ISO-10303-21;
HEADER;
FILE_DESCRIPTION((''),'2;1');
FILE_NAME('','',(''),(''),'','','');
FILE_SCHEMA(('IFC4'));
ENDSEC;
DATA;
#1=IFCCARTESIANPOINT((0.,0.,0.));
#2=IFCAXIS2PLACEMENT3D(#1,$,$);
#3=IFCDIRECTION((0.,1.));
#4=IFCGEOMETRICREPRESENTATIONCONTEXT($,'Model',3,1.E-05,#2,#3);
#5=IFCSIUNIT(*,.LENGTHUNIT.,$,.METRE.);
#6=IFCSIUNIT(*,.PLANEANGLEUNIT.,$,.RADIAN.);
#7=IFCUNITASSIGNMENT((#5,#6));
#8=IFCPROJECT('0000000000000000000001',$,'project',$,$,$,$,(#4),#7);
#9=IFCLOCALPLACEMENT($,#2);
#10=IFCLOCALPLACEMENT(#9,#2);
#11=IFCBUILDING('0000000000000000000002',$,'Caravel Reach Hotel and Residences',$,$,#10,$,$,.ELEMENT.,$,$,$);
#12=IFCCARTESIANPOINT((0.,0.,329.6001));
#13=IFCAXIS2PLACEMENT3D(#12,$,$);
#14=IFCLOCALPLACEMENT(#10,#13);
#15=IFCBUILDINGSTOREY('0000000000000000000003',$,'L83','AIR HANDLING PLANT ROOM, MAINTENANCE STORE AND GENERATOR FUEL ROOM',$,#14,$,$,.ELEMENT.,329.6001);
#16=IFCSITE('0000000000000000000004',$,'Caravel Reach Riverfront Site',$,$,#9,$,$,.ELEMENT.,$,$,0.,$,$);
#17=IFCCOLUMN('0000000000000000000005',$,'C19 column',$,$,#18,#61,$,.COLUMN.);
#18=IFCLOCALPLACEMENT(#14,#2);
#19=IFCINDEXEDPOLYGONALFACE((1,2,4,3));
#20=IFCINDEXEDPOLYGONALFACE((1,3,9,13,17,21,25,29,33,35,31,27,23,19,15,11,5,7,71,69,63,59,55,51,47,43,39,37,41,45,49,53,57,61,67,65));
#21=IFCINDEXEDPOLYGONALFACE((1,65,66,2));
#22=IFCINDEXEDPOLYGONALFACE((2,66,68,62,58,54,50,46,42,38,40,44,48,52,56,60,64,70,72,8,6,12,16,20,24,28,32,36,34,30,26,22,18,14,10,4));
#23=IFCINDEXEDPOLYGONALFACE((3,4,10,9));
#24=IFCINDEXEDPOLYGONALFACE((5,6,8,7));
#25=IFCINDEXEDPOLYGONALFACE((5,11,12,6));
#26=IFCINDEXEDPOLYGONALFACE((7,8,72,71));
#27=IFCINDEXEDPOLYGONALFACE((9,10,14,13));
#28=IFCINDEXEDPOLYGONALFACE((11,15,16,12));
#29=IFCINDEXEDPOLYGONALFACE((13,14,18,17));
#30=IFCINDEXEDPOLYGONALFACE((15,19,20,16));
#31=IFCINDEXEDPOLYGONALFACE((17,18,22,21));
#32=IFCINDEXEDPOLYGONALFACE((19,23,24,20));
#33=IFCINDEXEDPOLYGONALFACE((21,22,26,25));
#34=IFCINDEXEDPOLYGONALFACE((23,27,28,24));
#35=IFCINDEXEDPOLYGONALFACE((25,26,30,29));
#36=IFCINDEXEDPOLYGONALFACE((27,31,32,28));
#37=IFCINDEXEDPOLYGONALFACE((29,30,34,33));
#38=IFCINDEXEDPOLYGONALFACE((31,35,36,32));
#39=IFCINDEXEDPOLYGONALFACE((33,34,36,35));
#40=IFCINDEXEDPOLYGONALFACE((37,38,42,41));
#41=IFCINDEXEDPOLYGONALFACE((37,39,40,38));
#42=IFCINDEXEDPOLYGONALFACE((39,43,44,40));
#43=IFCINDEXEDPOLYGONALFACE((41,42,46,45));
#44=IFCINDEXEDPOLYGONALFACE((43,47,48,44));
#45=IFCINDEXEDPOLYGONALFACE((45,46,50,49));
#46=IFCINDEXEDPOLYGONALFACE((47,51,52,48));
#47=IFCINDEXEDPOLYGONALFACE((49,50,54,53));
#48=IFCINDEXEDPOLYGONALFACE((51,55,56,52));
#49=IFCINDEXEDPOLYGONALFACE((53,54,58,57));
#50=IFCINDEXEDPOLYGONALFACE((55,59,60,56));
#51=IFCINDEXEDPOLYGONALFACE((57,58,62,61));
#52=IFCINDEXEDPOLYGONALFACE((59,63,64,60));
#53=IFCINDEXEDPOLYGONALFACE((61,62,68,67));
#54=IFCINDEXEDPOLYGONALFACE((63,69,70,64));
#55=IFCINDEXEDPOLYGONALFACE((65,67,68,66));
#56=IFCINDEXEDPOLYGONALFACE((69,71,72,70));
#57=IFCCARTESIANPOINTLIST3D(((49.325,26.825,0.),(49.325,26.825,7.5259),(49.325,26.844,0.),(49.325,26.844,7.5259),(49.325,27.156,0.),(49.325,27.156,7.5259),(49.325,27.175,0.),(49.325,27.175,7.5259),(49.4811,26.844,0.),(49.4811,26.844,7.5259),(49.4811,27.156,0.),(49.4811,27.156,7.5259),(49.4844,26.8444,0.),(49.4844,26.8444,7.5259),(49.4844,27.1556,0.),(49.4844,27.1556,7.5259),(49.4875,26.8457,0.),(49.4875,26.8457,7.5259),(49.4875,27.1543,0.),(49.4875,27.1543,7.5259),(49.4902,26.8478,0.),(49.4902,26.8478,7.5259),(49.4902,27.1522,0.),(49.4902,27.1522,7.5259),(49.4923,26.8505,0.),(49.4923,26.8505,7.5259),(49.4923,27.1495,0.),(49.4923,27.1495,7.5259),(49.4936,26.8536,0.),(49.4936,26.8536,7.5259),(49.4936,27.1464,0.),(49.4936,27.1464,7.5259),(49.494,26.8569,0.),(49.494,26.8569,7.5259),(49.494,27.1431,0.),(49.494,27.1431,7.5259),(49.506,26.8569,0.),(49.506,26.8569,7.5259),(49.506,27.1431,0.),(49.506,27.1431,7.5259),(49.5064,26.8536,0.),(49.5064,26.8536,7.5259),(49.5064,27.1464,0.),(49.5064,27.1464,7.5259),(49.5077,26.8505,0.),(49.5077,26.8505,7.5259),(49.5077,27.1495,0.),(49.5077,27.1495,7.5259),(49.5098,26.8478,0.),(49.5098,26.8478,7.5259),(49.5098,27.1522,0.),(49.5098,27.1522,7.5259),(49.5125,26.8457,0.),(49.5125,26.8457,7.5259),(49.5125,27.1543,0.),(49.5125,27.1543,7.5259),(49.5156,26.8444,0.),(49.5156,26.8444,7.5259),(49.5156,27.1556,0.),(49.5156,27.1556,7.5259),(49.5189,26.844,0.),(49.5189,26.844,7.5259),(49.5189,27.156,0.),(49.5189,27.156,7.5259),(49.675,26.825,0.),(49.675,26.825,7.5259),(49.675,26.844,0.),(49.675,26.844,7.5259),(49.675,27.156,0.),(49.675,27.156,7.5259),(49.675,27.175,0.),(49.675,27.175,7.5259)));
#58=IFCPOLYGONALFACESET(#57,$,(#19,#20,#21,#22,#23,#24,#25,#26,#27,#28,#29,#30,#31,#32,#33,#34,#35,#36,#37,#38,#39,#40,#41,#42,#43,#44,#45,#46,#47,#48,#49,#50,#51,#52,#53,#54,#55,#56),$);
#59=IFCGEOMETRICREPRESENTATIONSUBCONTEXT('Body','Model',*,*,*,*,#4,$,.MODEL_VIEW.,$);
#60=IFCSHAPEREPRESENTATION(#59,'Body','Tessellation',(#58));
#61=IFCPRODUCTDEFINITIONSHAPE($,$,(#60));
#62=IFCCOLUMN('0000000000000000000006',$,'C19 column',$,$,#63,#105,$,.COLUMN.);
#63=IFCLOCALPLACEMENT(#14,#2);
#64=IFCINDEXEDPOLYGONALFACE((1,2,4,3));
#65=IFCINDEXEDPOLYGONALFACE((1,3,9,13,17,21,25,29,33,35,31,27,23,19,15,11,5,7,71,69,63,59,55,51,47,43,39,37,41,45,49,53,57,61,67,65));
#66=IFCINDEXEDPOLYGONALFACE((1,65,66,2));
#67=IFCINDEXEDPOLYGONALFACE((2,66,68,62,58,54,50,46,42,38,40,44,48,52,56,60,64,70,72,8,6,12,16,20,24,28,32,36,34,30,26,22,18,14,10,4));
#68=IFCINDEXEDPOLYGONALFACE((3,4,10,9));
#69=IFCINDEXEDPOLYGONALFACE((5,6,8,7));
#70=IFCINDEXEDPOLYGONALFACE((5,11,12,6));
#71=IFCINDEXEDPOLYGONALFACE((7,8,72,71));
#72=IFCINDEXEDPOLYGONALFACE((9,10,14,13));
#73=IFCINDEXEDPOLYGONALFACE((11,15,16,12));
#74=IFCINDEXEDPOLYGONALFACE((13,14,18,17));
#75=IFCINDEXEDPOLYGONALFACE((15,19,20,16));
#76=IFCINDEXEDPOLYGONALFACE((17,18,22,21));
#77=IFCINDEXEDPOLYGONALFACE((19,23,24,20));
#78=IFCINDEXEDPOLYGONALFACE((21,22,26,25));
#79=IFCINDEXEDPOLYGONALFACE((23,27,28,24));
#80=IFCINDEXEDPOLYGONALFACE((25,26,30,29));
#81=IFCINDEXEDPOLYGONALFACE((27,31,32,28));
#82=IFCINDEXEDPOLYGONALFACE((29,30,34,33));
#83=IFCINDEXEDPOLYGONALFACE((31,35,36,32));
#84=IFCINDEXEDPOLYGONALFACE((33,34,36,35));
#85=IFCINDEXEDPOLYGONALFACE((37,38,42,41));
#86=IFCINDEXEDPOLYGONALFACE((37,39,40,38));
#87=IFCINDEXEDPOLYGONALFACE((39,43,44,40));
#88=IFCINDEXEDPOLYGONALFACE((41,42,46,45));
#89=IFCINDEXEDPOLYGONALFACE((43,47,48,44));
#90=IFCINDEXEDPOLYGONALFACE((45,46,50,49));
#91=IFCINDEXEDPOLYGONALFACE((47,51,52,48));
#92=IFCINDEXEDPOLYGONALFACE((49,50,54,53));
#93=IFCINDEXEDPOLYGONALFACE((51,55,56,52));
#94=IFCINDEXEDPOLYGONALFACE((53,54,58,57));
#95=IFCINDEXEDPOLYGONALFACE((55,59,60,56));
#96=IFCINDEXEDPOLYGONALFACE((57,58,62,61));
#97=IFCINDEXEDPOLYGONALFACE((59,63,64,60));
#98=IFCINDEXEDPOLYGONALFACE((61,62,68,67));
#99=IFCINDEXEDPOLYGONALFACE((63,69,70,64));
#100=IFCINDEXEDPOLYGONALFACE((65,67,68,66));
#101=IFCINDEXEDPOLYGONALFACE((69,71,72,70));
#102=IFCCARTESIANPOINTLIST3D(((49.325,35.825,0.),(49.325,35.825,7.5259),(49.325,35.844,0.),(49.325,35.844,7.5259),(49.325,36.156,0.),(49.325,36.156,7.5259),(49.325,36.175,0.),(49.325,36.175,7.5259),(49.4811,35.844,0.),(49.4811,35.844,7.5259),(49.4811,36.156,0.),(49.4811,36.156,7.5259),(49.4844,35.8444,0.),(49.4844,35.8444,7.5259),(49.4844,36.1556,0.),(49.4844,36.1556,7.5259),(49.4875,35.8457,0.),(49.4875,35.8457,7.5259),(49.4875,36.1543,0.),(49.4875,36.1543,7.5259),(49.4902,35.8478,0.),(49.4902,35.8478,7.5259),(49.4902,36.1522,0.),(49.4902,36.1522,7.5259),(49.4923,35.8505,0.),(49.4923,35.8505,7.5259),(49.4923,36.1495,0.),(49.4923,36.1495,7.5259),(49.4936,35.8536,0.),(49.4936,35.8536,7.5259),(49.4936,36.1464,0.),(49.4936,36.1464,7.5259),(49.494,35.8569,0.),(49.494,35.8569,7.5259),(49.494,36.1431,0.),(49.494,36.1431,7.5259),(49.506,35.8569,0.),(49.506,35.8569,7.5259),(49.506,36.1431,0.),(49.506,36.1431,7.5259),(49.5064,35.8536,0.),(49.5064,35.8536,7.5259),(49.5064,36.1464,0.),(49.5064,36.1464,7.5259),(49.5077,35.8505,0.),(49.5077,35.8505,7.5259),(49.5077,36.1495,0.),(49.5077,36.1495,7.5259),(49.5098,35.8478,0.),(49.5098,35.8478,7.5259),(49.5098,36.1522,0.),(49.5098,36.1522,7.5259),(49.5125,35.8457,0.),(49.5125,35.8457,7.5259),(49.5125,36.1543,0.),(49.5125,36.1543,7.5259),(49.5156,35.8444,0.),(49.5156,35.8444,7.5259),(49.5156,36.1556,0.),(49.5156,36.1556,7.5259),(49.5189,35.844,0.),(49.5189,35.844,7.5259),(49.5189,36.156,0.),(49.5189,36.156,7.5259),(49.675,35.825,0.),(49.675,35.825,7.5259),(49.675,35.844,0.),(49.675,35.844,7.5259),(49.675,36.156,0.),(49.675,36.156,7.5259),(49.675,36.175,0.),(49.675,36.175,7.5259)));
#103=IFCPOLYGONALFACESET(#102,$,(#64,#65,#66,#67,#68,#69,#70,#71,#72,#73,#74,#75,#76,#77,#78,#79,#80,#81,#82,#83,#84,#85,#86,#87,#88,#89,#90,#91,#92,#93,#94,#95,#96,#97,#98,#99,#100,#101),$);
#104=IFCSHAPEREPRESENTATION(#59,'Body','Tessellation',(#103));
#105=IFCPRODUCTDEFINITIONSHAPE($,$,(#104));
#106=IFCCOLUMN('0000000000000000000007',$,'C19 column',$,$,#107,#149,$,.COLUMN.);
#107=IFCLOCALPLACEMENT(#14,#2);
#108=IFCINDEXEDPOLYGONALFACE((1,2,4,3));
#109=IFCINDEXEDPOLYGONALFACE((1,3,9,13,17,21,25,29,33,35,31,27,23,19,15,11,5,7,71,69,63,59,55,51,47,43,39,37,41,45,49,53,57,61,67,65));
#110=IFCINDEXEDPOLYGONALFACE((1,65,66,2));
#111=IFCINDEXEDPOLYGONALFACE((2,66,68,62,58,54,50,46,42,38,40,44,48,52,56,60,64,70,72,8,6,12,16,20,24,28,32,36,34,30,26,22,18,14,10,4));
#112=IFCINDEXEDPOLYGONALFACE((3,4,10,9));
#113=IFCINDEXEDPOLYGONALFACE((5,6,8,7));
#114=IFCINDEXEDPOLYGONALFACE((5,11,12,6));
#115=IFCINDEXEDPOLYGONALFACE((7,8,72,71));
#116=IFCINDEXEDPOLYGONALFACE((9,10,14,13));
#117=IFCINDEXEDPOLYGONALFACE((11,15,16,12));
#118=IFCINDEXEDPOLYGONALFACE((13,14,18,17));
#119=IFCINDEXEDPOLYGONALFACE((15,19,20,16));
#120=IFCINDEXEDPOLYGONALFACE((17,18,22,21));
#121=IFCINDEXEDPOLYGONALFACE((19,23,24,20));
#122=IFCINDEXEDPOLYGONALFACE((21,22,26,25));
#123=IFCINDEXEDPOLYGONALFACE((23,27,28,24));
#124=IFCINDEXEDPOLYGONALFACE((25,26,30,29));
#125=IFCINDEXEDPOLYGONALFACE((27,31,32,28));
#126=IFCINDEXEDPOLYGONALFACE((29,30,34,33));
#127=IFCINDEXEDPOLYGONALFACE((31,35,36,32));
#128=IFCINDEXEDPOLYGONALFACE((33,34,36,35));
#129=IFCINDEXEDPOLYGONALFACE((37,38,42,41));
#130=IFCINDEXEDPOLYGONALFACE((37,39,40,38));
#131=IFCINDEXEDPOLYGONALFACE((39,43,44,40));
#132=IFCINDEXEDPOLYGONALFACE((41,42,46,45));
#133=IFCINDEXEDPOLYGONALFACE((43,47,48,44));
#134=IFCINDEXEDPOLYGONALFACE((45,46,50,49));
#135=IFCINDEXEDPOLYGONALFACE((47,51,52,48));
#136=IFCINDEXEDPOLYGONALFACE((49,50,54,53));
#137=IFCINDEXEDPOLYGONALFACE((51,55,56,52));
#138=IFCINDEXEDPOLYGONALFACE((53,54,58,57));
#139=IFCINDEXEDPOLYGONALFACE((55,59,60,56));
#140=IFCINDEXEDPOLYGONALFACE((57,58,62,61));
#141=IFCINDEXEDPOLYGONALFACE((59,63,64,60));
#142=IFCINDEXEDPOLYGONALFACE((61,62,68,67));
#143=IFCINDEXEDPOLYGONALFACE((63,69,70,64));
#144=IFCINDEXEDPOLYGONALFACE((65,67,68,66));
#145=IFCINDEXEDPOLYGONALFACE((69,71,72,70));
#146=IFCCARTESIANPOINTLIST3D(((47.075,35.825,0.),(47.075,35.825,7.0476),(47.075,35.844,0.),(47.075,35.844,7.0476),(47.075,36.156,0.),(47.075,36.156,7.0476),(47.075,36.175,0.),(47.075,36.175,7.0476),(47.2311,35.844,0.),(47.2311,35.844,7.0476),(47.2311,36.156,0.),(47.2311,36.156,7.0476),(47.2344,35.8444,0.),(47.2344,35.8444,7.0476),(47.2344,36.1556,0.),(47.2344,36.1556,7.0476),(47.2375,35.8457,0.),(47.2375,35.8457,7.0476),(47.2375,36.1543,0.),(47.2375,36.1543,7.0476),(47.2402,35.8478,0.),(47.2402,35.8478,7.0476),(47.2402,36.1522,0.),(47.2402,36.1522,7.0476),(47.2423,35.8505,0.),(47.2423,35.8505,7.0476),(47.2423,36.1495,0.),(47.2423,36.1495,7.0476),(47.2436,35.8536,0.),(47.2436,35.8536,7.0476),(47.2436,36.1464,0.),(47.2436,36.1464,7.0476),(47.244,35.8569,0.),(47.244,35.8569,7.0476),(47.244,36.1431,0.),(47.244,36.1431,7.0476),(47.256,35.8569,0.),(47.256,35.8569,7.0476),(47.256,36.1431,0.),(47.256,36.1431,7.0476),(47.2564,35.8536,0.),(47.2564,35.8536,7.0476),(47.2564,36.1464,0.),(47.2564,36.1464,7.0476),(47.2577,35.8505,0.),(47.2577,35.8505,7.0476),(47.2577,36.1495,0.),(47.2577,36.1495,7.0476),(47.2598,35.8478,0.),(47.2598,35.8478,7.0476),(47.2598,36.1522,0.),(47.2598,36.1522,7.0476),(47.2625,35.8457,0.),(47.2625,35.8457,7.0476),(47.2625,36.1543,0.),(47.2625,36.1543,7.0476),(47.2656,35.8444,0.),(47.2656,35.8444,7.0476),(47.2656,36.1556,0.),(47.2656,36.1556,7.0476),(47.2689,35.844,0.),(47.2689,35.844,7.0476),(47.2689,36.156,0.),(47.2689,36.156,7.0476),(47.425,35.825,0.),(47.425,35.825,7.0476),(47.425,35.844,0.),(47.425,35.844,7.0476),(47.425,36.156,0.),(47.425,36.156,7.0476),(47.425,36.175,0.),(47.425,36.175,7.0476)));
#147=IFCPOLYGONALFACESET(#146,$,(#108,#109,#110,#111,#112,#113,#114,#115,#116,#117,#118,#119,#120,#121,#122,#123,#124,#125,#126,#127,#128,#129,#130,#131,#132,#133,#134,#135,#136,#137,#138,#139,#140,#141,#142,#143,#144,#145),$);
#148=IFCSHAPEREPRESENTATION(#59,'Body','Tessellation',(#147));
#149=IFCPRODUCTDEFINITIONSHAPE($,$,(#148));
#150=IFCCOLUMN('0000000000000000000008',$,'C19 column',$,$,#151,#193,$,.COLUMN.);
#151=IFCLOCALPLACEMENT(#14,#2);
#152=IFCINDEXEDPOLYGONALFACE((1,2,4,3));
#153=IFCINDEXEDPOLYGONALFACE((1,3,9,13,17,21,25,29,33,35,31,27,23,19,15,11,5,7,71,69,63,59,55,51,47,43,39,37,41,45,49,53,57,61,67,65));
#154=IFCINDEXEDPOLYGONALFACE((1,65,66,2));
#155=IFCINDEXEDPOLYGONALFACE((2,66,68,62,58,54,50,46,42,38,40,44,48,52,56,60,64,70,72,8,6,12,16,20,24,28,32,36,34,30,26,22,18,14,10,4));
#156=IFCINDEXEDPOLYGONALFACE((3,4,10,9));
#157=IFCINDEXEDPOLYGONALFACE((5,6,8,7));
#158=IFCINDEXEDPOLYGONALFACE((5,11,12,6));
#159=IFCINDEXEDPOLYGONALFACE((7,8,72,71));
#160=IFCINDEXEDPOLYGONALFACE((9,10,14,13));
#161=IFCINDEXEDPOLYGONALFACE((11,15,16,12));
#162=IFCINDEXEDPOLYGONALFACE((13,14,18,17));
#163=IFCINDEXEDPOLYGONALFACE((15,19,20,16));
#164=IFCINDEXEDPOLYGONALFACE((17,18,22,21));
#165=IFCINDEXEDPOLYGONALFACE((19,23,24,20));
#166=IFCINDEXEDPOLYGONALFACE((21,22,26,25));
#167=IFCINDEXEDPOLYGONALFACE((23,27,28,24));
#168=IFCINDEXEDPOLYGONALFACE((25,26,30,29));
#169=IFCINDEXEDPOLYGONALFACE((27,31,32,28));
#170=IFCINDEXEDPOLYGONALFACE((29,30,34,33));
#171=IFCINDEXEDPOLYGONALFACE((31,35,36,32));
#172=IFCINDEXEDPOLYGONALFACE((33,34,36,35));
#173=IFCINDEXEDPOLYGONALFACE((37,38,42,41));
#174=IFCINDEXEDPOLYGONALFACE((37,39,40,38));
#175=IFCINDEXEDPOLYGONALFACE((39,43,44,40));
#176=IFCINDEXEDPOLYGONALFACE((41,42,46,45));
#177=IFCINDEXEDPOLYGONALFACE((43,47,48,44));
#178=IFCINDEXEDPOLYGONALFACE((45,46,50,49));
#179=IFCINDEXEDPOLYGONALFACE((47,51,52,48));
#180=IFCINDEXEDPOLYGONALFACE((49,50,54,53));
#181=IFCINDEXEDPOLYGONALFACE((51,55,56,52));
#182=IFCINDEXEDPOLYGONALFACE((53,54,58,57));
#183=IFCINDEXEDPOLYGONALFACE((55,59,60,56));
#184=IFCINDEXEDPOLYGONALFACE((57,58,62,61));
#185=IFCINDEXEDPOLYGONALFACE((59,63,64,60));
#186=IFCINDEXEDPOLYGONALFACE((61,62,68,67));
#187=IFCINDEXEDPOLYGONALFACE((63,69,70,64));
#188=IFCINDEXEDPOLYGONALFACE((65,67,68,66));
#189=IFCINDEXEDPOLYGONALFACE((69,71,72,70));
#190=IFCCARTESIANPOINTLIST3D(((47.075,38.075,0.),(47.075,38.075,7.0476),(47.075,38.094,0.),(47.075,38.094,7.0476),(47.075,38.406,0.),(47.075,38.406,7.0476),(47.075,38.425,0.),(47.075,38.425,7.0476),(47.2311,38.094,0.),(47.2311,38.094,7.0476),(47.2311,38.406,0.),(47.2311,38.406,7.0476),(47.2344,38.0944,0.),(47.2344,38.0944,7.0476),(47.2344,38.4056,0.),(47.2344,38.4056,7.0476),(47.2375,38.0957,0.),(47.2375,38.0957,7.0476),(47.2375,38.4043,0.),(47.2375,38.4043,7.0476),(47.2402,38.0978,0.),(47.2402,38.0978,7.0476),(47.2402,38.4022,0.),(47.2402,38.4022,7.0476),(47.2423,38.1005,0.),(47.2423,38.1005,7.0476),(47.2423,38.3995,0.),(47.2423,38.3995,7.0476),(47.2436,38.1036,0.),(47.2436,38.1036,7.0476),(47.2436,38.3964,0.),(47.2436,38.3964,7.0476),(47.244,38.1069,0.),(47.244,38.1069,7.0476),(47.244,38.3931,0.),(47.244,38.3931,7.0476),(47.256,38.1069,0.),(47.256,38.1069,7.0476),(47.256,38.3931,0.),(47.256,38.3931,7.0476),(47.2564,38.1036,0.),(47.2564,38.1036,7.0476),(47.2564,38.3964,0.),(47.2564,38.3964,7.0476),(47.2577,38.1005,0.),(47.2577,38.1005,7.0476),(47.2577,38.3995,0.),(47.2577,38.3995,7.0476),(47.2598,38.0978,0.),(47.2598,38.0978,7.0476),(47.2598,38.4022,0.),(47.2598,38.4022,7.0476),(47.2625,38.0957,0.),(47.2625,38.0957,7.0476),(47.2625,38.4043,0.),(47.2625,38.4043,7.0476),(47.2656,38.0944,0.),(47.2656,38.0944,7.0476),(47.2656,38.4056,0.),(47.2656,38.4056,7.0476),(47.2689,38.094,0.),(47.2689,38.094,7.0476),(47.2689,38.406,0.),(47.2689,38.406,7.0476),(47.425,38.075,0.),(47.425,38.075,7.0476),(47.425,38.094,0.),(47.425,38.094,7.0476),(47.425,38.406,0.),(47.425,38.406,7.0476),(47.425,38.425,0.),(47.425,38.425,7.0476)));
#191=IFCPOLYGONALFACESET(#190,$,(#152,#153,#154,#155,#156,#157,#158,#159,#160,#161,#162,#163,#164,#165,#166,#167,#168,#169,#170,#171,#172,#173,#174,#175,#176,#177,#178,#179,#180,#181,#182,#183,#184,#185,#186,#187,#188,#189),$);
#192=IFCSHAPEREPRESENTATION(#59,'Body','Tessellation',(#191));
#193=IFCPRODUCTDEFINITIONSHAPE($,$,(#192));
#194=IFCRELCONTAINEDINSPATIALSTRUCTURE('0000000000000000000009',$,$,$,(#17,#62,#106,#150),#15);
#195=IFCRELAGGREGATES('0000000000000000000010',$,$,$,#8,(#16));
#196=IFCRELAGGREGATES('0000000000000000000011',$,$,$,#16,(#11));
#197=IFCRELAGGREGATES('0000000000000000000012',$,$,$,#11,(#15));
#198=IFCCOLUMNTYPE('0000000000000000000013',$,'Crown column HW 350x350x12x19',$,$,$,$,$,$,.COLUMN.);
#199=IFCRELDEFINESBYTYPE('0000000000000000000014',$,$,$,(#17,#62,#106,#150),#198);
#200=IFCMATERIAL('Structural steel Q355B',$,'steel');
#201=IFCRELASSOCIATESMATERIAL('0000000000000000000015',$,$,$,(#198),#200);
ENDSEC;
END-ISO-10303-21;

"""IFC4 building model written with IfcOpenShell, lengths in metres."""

from ifc_helpers import new_model, si_unit, direction, frame, origin, origin_2d, place, context, subcontext, project, spatial, i_section, extrude, material, material_profile, profile_set, type_object, element, save


model = new_model("IFC4")

# Units and contexts
model_context = context("Model", 3, precision=1e-05, world=origin(), true_north=direction((0.0, 1.0)))
body_context = subcontext(model_context, "Body", "Model", "MODEL_VIEW")
ifc_project = project(units=[si_unit("LENGTHUNIT", "METRE"), si_unit("PLANEANGLEUNIT", "RADIAN")], contexts=[model_context])

# Site, building, storey
site_placement = place(None, origin())
site = spatial("IfcSite", under=ifc_project, at=site_placement, Name="Caravel Reach Riverfront Site", CompositionType="ELEMENT", RefElevation=0.0)
building_placement = place(site_placement, origin())
building = spatial("IfcBuilding", under=site, at=building_placement, Name="Caravel Reach Hotel and Residences", CompositionType="ELEMENT")
storey_placement = place(building_placement, frame((0.0, 0.0, 329.6001)))
storey = spatial("IfcBuildingStorey", under=building, at=storey_placement, Name="L83", Description="AIR HANDLING PLANT ROOM, MAINTENANCE STORE AND GENERATOR FUEL ROOM", CompositionType="ELEMENT", Elevation=329.6001)

# Columns
ifc_material_1 = material(Name="Structural steel Q355B", Category="steel")
ifc_material_profile_1 = material_profile(ifc_material_1, i_section(OverallWidth=0.3501, OverallDepth=0.3501, WebThickness=0.012, FlangeThickness=0.019, FilletRadius=0.0129, at=origin_2d()), Name="HW 350x350x12x19")
ifc_profile_set_1 = profile_set([ifc_material_profile_1], Name="Structural steel Q355B")
column_type = type_object("IfcColumnType", Name="Crown column HW 350x350x12x19", PredefinedType="COLUMN", material=ifc_profile_set_1)
for number, where, z_axis, x_axis, name in (
    (1, (49.5, 27.0, 0.0), (0.0, 0.0, 1.0), (1.0, 0.0, 0.0), "C19 column"),
    (2, (49.5, 36.0, 0.0), (0.0, 0.0, 1.0), (1.0, 0.0, 0.0), "C19 column"),
):
    element("IfcColumn", number, at=place(storey_placement, frame(where, z_axis=z_axis, x_axis=x_axis)), inside=storey, type_object=column_type, Name=name, PredefinedType="COLUMN", context=body_context, shape_type="SweptSolid", body=[
        extrude(i_section(OverallWidth=0.3501, OverallDepth=0.3501, WebThickness=0.012, FlangeThickness=0.019, FilletRadius=0.0129, at=origin_2d()), origin(), (0.0, 0.0, 1.0), 7.5259),
    ])
for number, where, z_axis, x_axis, name in (
    (3, (47.25, 36.0, 0.0), (0.0, 0.0, 1.0), (1.0, 0.0, 0.0), "C19 column"),
    (4, (47.25, 38.25, 0.0), (0.0, 0.0, 1.0), (1.0, 0.0, 0.0), "C19 column"),
):
    element("IfcColumn", number, at=place(storey_placement, frame(where, z_axis=z_axis, x_axis=x_axis)), inside=storey, type_object=column_type, Name=name, PredefinedType="COLUMN", context=body_context, shape_type="SweptSolid", body=[
        extrude(i_section(OverallWidth=0.3501, OverallDepth=0.3501, WebThickness=0.012, FlangeThickness=0.019, FilletRadius=0.0129, at=origin_2d()), origin(), (0.0, 0.0, 1.0), 7.0476),
    ])

save(model, "model.ifc")
